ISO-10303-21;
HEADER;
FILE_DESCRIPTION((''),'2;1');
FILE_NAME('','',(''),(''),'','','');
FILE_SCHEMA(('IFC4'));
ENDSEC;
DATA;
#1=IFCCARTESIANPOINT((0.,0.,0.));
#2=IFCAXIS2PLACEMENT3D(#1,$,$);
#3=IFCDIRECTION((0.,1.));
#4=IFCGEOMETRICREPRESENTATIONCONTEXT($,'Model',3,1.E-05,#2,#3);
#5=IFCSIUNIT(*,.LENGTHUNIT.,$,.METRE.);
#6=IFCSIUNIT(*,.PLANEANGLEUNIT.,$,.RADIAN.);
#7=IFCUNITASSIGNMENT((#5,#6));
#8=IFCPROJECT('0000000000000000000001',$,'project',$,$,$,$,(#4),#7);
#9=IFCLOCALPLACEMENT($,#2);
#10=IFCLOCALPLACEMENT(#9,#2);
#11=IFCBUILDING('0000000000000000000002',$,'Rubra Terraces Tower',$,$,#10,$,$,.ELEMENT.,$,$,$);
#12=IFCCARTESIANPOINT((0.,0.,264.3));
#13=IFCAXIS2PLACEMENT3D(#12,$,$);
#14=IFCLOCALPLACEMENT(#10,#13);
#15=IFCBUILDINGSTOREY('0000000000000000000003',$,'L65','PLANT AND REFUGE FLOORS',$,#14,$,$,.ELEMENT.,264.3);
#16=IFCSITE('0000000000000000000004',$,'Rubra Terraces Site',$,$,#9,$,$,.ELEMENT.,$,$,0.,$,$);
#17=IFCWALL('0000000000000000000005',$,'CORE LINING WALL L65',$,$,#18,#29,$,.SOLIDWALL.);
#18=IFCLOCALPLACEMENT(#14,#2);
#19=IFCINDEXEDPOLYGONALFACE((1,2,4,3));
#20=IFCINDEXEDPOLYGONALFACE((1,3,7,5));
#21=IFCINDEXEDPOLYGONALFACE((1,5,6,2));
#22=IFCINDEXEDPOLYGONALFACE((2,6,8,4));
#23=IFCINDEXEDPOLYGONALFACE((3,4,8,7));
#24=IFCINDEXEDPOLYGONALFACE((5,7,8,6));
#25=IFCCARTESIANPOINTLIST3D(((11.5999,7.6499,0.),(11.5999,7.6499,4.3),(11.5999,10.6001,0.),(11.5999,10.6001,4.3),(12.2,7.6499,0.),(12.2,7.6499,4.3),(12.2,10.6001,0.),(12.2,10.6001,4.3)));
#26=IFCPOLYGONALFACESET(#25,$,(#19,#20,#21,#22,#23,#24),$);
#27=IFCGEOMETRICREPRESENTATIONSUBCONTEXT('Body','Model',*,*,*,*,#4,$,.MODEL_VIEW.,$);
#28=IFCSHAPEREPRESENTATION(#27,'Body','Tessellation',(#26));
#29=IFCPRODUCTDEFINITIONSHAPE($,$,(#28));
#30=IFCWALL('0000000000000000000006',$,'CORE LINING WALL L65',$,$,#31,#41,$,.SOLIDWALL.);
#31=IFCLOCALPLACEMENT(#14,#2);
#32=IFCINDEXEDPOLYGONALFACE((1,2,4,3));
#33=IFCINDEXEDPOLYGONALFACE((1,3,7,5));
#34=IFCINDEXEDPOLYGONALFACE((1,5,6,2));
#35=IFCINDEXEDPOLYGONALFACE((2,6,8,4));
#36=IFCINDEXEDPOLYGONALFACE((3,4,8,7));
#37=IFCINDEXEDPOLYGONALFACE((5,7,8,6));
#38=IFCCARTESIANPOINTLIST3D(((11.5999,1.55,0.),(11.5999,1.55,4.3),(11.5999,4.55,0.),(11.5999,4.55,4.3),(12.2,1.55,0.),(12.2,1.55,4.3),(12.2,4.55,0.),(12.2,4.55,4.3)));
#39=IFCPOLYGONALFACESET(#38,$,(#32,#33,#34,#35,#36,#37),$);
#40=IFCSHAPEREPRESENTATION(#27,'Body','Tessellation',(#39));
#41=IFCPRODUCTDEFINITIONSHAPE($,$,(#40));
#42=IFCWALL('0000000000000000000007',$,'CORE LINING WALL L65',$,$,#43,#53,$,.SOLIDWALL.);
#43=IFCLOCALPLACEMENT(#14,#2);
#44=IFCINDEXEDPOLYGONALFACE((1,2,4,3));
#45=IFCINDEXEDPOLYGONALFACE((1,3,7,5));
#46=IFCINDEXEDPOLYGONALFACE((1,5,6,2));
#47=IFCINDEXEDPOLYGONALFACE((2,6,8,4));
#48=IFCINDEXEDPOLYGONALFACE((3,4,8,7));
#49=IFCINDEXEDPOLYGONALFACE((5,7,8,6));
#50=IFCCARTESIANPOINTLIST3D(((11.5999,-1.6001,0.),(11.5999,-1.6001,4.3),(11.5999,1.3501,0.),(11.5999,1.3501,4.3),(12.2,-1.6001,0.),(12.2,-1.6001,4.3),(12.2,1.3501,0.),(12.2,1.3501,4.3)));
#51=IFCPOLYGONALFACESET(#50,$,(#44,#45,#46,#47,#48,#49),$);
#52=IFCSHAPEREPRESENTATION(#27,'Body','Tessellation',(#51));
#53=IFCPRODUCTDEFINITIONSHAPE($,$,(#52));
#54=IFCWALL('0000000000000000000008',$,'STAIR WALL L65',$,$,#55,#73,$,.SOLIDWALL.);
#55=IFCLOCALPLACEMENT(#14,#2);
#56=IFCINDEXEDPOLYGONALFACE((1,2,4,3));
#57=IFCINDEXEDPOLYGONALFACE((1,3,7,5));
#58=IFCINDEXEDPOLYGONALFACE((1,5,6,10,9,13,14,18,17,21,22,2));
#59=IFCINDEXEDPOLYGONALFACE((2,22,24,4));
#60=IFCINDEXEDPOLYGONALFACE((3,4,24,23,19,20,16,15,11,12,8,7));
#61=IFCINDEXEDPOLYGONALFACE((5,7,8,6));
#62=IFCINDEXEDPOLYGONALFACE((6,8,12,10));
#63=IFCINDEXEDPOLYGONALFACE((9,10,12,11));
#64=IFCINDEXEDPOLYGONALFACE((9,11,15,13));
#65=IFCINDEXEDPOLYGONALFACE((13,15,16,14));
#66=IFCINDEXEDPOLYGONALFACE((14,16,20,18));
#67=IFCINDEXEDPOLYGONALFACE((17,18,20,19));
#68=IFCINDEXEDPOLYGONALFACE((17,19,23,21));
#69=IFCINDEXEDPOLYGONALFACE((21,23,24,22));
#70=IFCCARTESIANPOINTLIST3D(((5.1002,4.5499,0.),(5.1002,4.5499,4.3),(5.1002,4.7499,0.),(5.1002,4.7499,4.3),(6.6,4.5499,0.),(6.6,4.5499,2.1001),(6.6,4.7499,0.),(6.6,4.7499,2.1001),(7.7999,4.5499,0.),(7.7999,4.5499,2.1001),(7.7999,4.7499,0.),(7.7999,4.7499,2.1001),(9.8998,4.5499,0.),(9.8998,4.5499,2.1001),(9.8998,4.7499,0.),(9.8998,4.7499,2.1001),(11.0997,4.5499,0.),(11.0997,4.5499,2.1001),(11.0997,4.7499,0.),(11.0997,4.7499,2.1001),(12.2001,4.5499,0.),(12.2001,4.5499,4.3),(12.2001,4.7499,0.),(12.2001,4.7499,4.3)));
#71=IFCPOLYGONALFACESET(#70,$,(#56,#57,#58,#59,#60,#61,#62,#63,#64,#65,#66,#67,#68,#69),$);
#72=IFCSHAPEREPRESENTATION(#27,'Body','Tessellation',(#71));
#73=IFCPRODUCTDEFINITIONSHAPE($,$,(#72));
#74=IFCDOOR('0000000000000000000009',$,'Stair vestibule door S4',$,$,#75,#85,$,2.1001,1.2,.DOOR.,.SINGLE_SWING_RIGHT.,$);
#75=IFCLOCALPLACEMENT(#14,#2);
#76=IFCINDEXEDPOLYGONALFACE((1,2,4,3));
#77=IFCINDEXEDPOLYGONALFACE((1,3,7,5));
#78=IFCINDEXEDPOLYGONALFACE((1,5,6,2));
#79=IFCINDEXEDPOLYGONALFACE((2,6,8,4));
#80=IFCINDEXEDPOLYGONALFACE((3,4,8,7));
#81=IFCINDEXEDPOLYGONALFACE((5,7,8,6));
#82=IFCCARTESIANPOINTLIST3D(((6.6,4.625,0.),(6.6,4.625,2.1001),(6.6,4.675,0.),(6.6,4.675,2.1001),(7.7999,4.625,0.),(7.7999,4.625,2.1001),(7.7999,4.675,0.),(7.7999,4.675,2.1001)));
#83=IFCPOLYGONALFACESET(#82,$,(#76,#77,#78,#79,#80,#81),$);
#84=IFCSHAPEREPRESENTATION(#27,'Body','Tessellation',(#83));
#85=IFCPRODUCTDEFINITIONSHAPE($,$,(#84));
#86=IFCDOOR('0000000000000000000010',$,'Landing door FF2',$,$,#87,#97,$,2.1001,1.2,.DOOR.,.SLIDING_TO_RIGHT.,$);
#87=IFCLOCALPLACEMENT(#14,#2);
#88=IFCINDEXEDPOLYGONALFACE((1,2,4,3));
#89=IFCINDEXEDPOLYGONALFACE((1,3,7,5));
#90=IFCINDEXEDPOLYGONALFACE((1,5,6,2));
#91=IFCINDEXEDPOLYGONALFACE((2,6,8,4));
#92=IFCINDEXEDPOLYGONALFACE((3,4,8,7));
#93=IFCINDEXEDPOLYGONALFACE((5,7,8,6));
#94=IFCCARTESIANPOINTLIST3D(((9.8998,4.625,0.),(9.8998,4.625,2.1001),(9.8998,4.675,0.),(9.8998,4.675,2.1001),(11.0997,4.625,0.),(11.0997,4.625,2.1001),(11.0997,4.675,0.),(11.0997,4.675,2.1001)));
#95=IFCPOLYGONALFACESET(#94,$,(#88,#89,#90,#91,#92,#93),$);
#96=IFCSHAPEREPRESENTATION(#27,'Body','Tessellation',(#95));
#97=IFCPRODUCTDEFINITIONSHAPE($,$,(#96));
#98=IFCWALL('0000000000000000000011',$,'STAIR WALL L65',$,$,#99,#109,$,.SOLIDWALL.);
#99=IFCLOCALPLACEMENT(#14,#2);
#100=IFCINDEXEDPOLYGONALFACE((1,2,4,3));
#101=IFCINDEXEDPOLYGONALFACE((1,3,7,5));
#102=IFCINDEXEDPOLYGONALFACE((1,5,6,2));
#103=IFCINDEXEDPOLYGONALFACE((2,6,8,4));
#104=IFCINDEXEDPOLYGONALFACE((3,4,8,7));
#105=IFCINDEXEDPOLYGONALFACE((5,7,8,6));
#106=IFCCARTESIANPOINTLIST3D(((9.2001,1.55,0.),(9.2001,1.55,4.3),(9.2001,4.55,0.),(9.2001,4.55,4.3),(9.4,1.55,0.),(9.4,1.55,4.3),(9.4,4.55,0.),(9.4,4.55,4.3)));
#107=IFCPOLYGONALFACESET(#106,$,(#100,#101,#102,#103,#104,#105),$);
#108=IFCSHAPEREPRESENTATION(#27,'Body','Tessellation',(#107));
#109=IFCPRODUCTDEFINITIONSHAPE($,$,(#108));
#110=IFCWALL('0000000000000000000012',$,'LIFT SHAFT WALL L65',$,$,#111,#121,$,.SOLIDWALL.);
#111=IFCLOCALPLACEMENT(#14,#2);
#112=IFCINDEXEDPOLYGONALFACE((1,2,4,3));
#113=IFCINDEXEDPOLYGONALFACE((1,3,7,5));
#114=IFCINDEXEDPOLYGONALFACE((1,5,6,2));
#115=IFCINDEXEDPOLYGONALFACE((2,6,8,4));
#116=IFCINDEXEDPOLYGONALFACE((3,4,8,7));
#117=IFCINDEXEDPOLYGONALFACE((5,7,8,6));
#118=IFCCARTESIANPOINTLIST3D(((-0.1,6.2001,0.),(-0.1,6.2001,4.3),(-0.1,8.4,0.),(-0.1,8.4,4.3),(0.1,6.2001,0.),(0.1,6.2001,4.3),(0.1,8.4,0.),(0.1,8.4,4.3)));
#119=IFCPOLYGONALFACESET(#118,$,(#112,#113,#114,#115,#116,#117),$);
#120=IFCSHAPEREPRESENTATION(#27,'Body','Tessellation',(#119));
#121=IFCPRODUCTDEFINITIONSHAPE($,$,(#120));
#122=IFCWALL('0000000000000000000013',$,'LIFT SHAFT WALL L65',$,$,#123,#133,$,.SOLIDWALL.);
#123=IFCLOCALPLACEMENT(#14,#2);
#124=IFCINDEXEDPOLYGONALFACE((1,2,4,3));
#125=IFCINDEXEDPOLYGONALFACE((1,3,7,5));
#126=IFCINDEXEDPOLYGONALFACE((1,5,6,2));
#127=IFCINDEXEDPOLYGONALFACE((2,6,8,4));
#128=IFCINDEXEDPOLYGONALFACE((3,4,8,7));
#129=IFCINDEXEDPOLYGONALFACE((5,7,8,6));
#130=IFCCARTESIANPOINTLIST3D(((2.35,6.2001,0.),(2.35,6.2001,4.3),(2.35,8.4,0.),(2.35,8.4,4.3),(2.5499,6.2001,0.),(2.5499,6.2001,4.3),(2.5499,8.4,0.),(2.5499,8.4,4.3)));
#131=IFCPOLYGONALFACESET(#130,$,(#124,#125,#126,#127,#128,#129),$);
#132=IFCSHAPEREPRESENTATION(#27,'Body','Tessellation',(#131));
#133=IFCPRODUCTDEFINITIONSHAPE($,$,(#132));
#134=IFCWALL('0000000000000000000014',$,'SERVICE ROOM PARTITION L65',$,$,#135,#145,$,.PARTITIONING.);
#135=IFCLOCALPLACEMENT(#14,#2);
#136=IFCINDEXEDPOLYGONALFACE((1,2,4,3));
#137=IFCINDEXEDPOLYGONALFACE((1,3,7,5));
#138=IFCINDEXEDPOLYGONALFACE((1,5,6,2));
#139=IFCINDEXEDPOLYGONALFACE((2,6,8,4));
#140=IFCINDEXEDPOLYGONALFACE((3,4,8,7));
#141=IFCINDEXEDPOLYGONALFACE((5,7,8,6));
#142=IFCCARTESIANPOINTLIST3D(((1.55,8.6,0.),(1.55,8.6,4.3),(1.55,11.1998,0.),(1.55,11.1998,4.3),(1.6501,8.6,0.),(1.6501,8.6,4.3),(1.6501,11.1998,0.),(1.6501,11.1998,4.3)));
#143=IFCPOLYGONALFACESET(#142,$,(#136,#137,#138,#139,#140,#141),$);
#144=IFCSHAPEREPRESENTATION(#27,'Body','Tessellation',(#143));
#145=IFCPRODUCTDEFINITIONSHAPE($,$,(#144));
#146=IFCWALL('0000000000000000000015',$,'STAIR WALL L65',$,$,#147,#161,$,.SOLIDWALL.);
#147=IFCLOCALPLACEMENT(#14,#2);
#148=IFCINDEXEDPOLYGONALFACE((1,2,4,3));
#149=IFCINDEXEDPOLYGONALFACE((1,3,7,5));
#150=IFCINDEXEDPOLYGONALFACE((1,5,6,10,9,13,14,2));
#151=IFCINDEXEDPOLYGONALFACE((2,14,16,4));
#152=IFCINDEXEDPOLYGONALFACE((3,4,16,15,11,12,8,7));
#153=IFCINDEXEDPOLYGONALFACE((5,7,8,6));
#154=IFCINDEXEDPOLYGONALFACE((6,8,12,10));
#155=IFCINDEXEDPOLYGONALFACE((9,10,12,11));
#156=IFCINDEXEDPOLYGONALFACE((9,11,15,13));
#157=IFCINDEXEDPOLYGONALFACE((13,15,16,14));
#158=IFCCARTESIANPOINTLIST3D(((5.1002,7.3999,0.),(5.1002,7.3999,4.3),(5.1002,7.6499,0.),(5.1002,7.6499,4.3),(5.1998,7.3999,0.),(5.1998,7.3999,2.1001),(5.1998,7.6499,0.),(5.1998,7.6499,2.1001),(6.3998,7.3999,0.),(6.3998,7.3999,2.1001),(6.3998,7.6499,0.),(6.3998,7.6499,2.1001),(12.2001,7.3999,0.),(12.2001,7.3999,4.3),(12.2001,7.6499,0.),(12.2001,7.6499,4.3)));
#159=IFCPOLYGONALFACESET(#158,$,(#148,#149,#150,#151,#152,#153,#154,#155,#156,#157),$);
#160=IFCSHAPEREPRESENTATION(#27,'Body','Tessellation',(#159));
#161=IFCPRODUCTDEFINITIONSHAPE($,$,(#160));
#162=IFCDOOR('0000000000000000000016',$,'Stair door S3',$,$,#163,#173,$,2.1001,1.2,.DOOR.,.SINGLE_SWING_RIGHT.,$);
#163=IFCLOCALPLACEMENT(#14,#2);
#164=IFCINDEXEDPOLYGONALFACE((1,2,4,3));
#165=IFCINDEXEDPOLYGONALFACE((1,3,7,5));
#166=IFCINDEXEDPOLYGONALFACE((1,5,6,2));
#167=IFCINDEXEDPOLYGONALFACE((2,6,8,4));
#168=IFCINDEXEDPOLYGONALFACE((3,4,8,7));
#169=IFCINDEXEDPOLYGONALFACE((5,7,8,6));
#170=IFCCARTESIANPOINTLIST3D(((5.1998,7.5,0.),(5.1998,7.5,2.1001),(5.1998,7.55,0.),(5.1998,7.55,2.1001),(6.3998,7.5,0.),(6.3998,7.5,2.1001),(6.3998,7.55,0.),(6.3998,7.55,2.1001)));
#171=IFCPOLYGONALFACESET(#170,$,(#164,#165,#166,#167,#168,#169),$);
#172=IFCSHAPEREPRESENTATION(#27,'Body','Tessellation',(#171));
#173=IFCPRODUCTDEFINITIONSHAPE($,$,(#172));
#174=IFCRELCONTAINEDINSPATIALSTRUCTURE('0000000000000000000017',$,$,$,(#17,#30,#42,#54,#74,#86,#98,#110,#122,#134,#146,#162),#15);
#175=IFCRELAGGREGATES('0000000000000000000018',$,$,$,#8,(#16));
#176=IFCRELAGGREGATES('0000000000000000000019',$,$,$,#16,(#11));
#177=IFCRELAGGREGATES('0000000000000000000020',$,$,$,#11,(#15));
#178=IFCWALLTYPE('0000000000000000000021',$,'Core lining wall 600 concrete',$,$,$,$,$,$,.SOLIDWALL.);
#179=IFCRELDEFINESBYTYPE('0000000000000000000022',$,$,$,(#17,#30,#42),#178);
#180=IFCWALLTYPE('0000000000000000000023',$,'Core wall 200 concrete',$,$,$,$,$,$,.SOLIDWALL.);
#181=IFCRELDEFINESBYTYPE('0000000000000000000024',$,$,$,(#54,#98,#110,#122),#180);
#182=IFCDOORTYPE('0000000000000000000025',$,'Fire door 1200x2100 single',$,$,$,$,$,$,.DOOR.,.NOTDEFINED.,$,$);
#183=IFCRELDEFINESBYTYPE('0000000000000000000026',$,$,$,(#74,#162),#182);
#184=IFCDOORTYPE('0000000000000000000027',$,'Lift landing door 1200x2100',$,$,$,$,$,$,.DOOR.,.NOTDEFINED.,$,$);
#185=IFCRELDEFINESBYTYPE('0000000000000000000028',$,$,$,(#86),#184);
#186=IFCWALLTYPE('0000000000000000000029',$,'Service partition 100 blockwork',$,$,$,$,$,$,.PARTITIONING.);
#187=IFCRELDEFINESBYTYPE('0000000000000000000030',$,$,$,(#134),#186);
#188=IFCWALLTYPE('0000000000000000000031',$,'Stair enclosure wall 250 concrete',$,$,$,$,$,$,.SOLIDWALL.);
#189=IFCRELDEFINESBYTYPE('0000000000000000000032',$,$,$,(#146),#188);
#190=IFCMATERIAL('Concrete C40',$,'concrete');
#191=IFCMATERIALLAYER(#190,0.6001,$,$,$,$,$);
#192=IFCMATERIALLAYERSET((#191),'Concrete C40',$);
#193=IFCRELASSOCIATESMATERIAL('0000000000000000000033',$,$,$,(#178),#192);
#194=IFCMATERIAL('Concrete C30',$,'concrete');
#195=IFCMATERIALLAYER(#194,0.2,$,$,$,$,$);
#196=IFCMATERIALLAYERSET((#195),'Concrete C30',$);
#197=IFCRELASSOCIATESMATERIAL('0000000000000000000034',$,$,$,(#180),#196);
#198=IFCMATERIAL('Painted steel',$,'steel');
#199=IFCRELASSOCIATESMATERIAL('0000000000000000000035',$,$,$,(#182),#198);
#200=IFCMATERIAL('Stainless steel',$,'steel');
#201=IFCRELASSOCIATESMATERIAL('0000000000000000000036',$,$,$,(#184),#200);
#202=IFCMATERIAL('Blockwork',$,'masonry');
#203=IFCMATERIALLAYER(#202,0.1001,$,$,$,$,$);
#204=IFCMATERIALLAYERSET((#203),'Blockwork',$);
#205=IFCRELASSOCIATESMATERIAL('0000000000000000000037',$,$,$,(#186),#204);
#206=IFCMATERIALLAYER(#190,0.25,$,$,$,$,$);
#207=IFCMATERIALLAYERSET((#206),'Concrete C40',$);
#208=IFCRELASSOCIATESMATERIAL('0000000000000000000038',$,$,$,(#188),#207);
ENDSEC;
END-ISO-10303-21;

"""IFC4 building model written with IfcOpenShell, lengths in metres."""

from ifc_helpers import new_model, si_unit, direction, frame, frame_2d, origin, place, context, subcontext, project, spatial, rectangle, extrude, material, layer, layer_set, type_object, element, fill, save


model = new_model("IFC4")

# Units and contexts
model_context = context("Model", 3, precision=1e-05, world=origin(), true_north=direction((0.0, 1.0)))
body_context = subcontext(model_context, "Body", "Model", "MODEL_VIEW")
ifc_project = project(units=[si_unit("LENGTHUNIT", "METRE"), si_unit("PLANEANGLEUNIT", "RADIAN")], contexts=[model_context])

# Site, building, storey
site_placement = place(None, origin())
site = spatial("IfcSite", under=ifc_project, at=site_placement, Name="Rubra Terraces Site", CompositionType="ELEMENT", RefElevation=0.0)
building_placement = place(site_placement, origin())
building = spatial("IfcBuilding", under=site, at=building_placement, Name="Rubra Terraces Tower", CompositionType="ELEMENT")
storey_placement = place(building_placement, frame((0.0, 0.0, 264.3)))
storey = spatial("IfcBuildingStorey", under=building, at=storey_placement, Name="L65", Description="PLANT AND REFUGE FLOORS", CompositionType="ELEMENT", Elevation=264.3)

# Walls
ifc_material_1 = material(Name="Concrete C40", Category="concrete")
ifc_layer_1 = layer(ifc_material_1, 0.6001)
ifc_layer_set_1 = layer_set([ifc_layer_1], Name="Concrete C40")
wall_type_1 = type_object("IfcWallType", Name="Core lining wall 600 concrete", PredefinedType="SOLIDWALL", material=ifc_layer_set_1)
wall_1_placement = place(storey_placement, frame((11.8999, 10.6001, 0.0), z_axis=(0.0, 0.0, 1.0), x_axis=(0.0, -1.0, 0.0)))
element("IfcWall", 1, at=wall_1_placement, inside=storey, type_object=wall_type_1, Name="CORE LINING WALL L65", PredefinedType="SOLIDWALL", context=body_context, shape_type="SweptSolid", body=[
    extrude(rectangle(XDim=2.9502, YDim=0.6001, at=frame_2d((1.4751, 0.0))), origin(), (0.0, 0.0, 1.0), 4.3),
])
wall_2_placement = place(storey_placement, frame((11.8999, 4.55, 0.0), z_axis=(0.0, 0.0, 1.0), x_axis=(0.0, -1.0, 0.0)))
element("IfcWall", 2, at=wall_2_placement, inside=storey, type_object=wall_type_1, Name="CORE LINING WALL L65", PredefinedType="SOLIDWALL", context=body_context, shape_type="SweptSolid", body=[
    extrude(rectangle(XDim=3.0, YDim=0.6001, at=frame_2d((1.5, 0.0))), origin(), (0.0, 0.0, 1.0), 4.3),
])
wall_3_placement = place(storey_placement, frame((11.8999, 1.3501, 0.0), z_axis=(0.0, 0.0, 1.0), x_axis=(0.0, -1.0, 0.0)))
element("IfcWall", 3, at=wall_3_placement, inside=storey, type_object=wall_type_1, Name="CORE LINING WALL L65", PredefinedType="SOLIDWALL", context=body_context, shape_type="SweptSolid", body=[
    extrude(rectangle(XDim=2.9502, YDim=0.6001, at=frame_2d((1.4751, 0.0))), origin(), (0.0, 0.0, 1.0), 4.3),
])

# Wall, openings, doors
ifc_material_2 = material(Name="Concrete C30", Category="concrete")
ifc_layer_2 = layer(ifc_material_2, 0.2)
ifc_layer_set_2 = layer_set([ifc_layer_2], Name="Concrete C30")
wall_type_2 = type_object("IfcWallType", Name="Core wall 200 concrete", PredefinedType="SOLIDWALL", material=ifc_layer_set_2)
wall_4_placement = place(storey_placement, frame((12.2, 4.6499, 0.0), z_axis=(0.0, 0.0, 1.0), x_axis=(-1.0, 0.0, 0.0)))
wall_4 = element("IfcWall", 4, at=wall_4_placement, inside=storey, type_object=wall_type_2, Name="STAIR WALL L65", PredefinedType="SOLIDWALL", context=body_context, shape_type="SweptSolid", body=[
    extrude(rectangle(XDim=7.0999, YDim=0.2, at=frame_2d((3.5498, 0.0))), origin(), (0.0, 0.0, 1.0), 4.3),
])
opening_1_placement = place(wall_4_placement, frame((4.3999, 0.0, 0.0)))
opening_1 = element("IfcOpeningElement", 5, at=opening_1_placement, cuts=wall_4, PredefinedType="OPENING", context=body_context, shape_type="SweptSolid", body=[
    extrude(rectangle(XDim=1.2, YDim=2.1001, at=frame_2d((0.6001, 1.05))), frame((0.0, 0.1099, 0.0), z_axis=(0.0, -1.0, 0.0), x_axis=(1.0, 0.0, 0.0)), (0.0, 0.0, 1.0), 0.22),
])
opening_2_placement = place(wall_4_placement, frame((1.1001, 0.0, 0.0)))
opening_2 = element("IfcOpeningElement", 6, at=opening_2_placement, cuts=wall_4, PredefinedType="OPENING", context=body_context, shape_type="SweptSolid", body=[
    extrude(rectangle(XDim=1.2, YDim=2.1001, at=frame_2d((0.6001, 1.05))), frame((0.0, 0.1099, 0.0), z_axis=(0.0, -1.0, 0.0), x_axis=(1.0, 0.0, 0.0)), (0.0, 0.0, 1.0), 0.22),
])
ifc_material_3 = material(Name="Painted steel", Category="steel")
door_type_1 = type_object("IfcDoorType", Name="Fire door 1200x2100 single", OperationType="NOTDEFINED", PredefinedType="DOOR", material=ifc_material_3)
door_1_placement = place(opening_1_placement, origin())
door_1 = element("IfcDoor", 7, at=door_1_placement, inside=storey, type_object=door_type_1, Name="Stair vestibule door S4", OperationType="SINGLE_SWING_RIGHT", OverallHeight=2.1001, OverallWidth=1.2, PredefinedType="DOOR", context=body_context, shape_type="SweptSolid", body=[
    extrude(rectangle(XDim=1.2, YDim=2.1001, at=frame_2d((0.6001, 1.05))), frame((0.0, 0.0249, 0.0), z_axis=(0.0, -1.0, 0.0), x_axis=(1.0, 0.0, 0.0)), (0.0, 0.0, 1.0), 0.05),
])
fill(opening_1, door_1)
ifc_material_4 = material(Name="Stainless steel", Category="steel")
door_type_2 = type_object("IfcDoorType", Name="Lift landing door 1200x2100", OperationType="NOTDEFINED", PredefinedType="DOOR", material=ifc_material_4)
door_2_placement = place(opening_2_placement, origin())
door_2 = element("IfcDoor", 8, at=door_2_placement, inside=storey, type_object=door_type_2, Name="Landing door FF2", OperationType="SLIDING_TO_RIGHT", OverallHeight=2.1001, OverallWidth=1.2, PredefinedType="DOOR", context=body_context, shape_type="SweptSolid", body=[
    extrude(rectangle(XDim=1.2, YDim=2.1001, at=frame_2d((0.6001, 1.05))), frame((0.0, 0.0249, 0.0), z_axis=(0.0, -1.0, 0.0), x_axis=(1.0, 0.0, 0.0)), (0.0, 0.0, 1.0), 0.05),
])
fill(opening_2, door_2)

# Walls
wall_5_placement = place(storey_placement, frame((9.3, 4.55, 0.0), z_axis=(0.0, 0.0, 1.0), x_axis=(0.0, -1.0, 0.0)))
element("IfcWall", 9, at=wall_5_placement, inside=storey, type_object=wall_type_2, Name="STAIR WALL L65", PredefinedType="SOLIDWALL", context=body_context, shape_type="SweptSolid", body=[
    extrude(rectangle(XDim=3.0, YDim=0.2, at=frame_2d((1.5, 0.0))), origin(), (0.0, 0.0, 1.0), 4.3),
])
for number, where, z_axis, x_axis, name in (
    (10, (0.0, 6.2, 0.0), (0.0, 0.0, 1.0), (0.0, 1.0, 0.0), "LIFT SHAFT WALL L65"),
    (11, (2.45, 6.2, 0.0), (0.0, 0.0, 1.0), (0.0, 1.0, 0.0), "LIFT SHAFT WALL L65"),
):
    element("IfcWall", number, at=place(storey_placement, frame(where, z_axis=z_axis, x_axis=x_axis)), inside=storey, type_object=wall_type_2, Name=name, PredefinedType="SOLIDWALL", context=body_context, shape_type="SweptSolid", body=[
        extrude(rectangle(XDim=2.2, YDim=0.2, at=frame_2d((1.1001, 0.0))), origin(), (0.0, 0.0, 1.0), 4.3),
    ])
ifc_material_5 = material(Name="Blockwork", Category="masonry")
ifc_layer_3 = layer(ifc_material_5, 0.1001)
ifc_layer_set_3 = layer_set([ifc_layer_3], Name="Blockwork")
wall_type_3 = type_object("IfcWallType", Name="Service partition 100 blockwork", PredefinedType="PARTITIONING", material=ifc_layer_set_3)
wall_6_placement = place(storey_placement, frame((1.6001, 8.6001, 0.0), z_axis=(0.0, 0.0, 1.0), x_axis=(0.0, 1.0, 0.0)))
element("IfcWall", 12, at=wall_6_placement, inside=storey, type_object=wall_type_3, Name="SERVICE ROOM PARTITION L65", PredefinedType="PARTITIONING", context=body_context, shape_type="SweptSolid", body=[
    extrude(rectangle(XDim=2.5999, YDim=0.1001, at=frame_2d((1.2998, 0.0))), origin(), (0.0, 0.0, 1.0), 4.3),
])

# Wall, opening, door
ifc_layer_4 = layer(ifc_material_1, 0.25)
ifc_layer_set_4 = layer_set([ifc_layer_4], Name="Concrete C40")
wall_type_4 = type_object("IfcWallType", Name="Stair enclosure wall 250 concrete", PredefinedType="SOLIDWALL", material=ifc_layer_set_4)
wall_7_placement = place(storey_placement, frame((12.2, 7.5249, 0.0), z_axis=(0.0, 0.0, 1.0), x_axis=(-1.0, 0.0, 0.0)))
wall_7 = element("IfcWall", 13, at=wall_7_placement, inside=storey, type_object=wall_type_4, Name="STAIR WALL L65", PredefinedType="SOLIDWALL", context=body_context, shape_type="SweptSolid", body=[
    extrude(rectangle(XDim=7.0999, YDim=0.25, at=frame_2d((3.5498, 0.0))), origin(), (0.0, 0.0, 1.0), 4.3),
])
opening_3_placement = place(wall_7_placement, frame((5.8, 0.0, 0.0)))
opening_3 = element("IfcOpeningElement", 14, at=opening_3_placement, cuts=wall_7, PredefinedType="OPENING", context=body_context, shape_type="SweptSolid", body=[
    extrude(rectangle(XDim=1.2, YDim=2.1001, at=frame_2d((0.6001, 1.05))), frame((0.0, 0.135, 0.0), z_axis=(0.0, -1.0, 0.0), x_axis=(1.0, 0.0, 0.0)), (0.0, 0.0, 1.0), 0.27),
])
door_3_placement = place(opening_3_placement, origin())
door_3 = element("IfcDoor", 15, at=door_3_placement, inside=storey, type_object=door_type_1, Name="Stair door S3", OperationType="SINGLE_SWING_RIGHT", OverallHeight=2.1001, OverallWidth=1.2, PredefinedType="DOOR", context=body_context, shape_type="SweptSolid", body=[
    extrude(rectangle(XDim=1.2, YDim=2.1001, at=frame_2d((0.6001, 1.05))), frame((0.0, 0.0249, 0.0), z_axis=(0.0, -1.0, 0.0), x_axis=(1.0, 0.0, 0.0)), (0.0, 0.0, 1.0), 0.05),
])
fill(opening_3, door_3)

save(model, "model.ifc")
